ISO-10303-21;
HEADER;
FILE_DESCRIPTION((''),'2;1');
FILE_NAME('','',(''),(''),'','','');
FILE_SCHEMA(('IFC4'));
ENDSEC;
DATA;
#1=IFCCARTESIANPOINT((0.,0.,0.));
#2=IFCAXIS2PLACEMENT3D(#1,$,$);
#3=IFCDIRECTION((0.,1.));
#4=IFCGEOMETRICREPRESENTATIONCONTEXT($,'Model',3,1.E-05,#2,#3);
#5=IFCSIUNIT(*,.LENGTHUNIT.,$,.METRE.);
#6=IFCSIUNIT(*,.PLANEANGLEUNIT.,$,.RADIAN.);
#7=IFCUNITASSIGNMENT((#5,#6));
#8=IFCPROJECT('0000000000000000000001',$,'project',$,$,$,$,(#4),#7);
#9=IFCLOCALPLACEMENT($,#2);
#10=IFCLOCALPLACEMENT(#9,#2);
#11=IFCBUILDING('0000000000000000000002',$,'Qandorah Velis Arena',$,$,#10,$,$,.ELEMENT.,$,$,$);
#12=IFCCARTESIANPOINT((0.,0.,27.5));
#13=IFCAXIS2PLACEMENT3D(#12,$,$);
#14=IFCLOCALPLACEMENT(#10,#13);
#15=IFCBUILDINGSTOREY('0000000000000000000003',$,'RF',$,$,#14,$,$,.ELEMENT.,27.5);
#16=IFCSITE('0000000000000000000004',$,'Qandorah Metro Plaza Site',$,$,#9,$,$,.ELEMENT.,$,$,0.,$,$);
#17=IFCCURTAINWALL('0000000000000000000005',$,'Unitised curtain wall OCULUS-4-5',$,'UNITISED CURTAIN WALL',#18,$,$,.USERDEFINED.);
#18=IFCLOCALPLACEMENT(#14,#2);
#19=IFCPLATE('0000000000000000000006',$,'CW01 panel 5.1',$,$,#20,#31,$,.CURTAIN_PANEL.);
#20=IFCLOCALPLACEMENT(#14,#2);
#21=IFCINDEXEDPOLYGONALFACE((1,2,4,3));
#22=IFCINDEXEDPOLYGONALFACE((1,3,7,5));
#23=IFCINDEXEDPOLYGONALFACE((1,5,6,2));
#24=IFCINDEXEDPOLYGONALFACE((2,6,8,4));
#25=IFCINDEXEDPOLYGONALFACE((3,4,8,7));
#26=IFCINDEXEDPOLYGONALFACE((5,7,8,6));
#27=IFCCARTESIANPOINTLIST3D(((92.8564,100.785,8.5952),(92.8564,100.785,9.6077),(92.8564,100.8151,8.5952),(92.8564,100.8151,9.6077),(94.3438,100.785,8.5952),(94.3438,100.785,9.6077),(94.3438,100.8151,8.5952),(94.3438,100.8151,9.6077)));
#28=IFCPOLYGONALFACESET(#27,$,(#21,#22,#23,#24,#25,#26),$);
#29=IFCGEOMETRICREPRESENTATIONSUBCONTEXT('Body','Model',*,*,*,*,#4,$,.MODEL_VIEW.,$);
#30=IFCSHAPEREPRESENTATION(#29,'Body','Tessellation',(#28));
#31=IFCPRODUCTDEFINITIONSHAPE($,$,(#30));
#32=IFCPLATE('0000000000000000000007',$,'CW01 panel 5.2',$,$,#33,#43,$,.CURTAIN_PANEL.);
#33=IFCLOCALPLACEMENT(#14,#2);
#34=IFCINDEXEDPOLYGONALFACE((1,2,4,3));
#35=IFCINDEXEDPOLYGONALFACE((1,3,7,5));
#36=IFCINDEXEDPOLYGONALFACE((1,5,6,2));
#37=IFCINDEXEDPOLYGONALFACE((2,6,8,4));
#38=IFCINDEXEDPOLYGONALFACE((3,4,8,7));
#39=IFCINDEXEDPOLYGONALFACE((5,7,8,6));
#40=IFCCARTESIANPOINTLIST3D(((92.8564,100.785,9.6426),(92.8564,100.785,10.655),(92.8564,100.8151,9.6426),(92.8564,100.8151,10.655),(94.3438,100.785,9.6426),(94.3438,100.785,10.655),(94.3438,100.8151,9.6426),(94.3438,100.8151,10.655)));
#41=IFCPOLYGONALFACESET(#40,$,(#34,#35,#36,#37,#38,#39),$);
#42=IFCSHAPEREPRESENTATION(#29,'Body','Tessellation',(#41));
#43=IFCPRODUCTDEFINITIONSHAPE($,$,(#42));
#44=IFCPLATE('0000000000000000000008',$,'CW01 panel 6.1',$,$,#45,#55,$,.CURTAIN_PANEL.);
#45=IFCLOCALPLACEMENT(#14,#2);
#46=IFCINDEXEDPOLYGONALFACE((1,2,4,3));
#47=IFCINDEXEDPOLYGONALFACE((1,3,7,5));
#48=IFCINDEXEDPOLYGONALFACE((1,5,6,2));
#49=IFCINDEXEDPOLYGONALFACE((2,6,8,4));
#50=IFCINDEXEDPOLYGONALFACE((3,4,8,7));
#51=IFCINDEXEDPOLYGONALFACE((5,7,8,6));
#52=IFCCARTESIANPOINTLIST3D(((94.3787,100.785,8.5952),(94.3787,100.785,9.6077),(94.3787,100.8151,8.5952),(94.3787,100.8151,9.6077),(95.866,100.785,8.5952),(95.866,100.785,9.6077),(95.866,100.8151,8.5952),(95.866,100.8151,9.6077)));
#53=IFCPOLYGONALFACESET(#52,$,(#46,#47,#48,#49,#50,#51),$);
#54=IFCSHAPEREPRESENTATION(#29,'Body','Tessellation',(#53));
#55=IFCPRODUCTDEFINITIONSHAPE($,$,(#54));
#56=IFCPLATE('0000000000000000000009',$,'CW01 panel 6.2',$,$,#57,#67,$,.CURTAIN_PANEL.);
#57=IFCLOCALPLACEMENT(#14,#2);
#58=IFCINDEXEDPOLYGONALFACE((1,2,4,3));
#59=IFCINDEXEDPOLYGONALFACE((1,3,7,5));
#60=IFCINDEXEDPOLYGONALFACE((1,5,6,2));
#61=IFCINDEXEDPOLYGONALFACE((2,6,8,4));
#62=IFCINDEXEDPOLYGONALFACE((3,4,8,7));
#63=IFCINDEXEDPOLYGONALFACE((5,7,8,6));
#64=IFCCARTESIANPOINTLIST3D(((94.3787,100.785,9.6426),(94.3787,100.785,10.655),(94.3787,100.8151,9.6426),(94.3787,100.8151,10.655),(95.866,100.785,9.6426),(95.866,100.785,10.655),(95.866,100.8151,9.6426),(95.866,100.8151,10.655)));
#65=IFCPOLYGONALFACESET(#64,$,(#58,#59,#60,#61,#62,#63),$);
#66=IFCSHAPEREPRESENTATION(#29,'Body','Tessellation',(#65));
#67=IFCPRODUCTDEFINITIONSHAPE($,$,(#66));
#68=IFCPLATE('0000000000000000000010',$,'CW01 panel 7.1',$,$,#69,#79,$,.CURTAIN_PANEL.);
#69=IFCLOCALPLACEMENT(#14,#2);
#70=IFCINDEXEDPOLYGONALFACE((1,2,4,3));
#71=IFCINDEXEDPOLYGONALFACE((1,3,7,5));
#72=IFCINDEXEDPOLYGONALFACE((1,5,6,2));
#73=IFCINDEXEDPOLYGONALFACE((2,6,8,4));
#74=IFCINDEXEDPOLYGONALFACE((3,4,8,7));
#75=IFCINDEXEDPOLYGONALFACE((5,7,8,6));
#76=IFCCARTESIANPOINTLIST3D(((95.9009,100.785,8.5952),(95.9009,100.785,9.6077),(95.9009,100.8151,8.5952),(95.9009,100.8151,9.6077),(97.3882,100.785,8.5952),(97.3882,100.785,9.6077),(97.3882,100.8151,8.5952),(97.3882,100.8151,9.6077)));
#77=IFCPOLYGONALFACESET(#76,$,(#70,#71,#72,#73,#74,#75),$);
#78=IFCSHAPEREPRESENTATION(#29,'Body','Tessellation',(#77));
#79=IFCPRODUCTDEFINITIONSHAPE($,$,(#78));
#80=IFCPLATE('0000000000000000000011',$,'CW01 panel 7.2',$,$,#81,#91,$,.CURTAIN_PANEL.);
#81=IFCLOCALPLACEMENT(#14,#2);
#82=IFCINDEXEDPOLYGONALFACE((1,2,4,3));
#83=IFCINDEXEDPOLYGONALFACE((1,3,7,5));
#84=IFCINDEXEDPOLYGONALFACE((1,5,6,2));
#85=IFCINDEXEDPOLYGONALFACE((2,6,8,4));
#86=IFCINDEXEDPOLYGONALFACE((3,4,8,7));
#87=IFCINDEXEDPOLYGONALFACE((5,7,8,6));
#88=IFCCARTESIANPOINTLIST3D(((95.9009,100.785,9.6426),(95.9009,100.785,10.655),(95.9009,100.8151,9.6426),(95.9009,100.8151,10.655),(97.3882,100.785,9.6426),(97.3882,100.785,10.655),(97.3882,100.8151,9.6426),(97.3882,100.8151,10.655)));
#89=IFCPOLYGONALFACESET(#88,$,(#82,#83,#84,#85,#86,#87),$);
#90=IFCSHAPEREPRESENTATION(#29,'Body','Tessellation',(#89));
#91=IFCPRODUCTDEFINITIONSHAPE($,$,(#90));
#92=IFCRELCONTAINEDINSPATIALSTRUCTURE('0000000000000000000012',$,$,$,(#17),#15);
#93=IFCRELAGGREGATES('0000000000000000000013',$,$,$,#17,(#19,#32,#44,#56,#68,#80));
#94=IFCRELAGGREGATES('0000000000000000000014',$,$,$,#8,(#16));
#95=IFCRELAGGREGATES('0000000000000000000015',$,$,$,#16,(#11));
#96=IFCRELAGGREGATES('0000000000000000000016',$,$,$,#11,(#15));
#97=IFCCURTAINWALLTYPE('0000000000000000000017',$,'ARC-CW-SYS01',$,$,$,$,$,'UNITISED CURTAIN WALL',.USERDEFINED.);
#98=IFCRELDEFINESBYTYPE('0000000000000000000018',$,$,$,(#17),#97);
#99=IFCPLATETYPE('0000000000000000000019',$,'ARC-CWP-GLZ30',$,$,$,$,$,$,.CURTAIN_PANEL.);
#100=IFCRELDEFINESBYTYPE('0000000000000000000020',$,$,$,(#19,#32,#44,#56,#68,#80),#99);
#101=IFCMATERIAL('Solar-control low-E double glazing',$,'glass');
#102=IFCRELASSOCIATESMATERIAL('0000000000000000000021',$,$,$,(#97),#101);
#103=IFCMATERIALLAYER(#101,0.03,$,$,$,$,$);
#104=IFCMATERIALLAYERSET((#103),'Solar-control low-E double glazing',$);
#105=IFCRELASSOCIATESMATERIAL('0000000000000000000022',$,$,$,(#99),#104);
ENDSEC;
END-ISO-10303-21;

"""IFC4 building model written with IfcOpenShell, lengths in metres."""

from ifc_helpers import new_model, si_unit, direction, frame, origin, origin_2d, place, context, subcontext, project, spatial, rectangle, extrude, material, layer, layer_set, type_object, element, aggregate, save


model = new_model("IFC4")

# Units and contexts
model_context = context("Model", 3, precision=1e-05, world=origin(), true_north=direction((0.0, 1.0)))
body_context = subcontext(model_context, "Body", "Model", "MODEL_VIEW")
ifc_project = project(units=[si_unit("LENGTHUNIT", "METRE"), si_unit("PLANEANGLEUNIT", "RADIAN")], contexts=[model_context])

# Site, building, storey
site_placement = place(None, origin())
site = spatial("IfcSite", under=ifc_project, at=site_placement, Name="Qandorah Metro Plaza Site", CompositionType="ELEMENT", RefElevation=0.0)
building_placement = place(site_placement, origin())
building = spatial("IfcBuilding", under=site, at=building_placement, Name="Qandorah Velis Arena", CompositionType="ELEMENT")
storey_placement = place(building_placement, frame((0.0, 0.0, 27.5)))
storey = spatial("IfcBuildingStorey", under=building, at=storey_placement, Name="RF", CompositionType="ELEMENT", Elevation=27.5)

# Shared definitions
ifc_material_1 = material(Name="Solar-control low-E double glazing", Category="glass")

# Curtain wall
curtain_wall_type_1 = type_object("IfcCurtainWallType", Name="ARC-CW-SYS01", ElementType="UNITISED CURTAIN WALL", PredefinedType="USERDEFINED", material=ifc_material_1)
curtain_wall_1_placement = place(storey_placement, origin())
curtain_wall_1 = element("IfcCurtainWall", 1, at=curtain_wall_1_placement, inside=storey, type_object=curtain_wall_type_1, Name="Unitised curtain wall OCULUS-4-5", ObjectType="UNITISED CURTAIN WALL", PredefinedType="USERDEFINED")

# Plates
ifc_layer = layer(ifc_material_1, 0.03)
ifc_layer_set = layer_set([ifc_layer], Name="Solar-control low-E double glazing")
plate_type = type_object("IfcPlateType", Name="ARC-CWP-GLZ30", PredefinedType="CURTAIN_PANEL", material=ifc_layer_set)
plate_1_placement = place(storey_placement, frame((93.6001, 100.8, 8.5952), z_axis=(0.0, 0.0, 1.0), x_axis=(1.0, 0.0, 0.0)))
plate_1 = element("IfcPlate", 2, at=plate_1_placement, type_object=plate_type, Name="CW01 panel 5.1", PredefinedType="CURTAIN_PANEL", context=body_context, shape_type="SweptSolid", body=[
    extrude(rectangle(XDim=1.4873, YDim=0.03, at=origin_2d()), origin(), (0.0, 0.0, 1.0), 1.0125),
])
plate_2_placement = place(storey_placement, frame((93.6001, 100.8, 9.6426), z_axis=(0.0, 0.0, 1.0), x_axis=(1.0, 0.0, 0.0)))
plate_2 = element("IfcPlate", 3, at=plate_2_placement, type_object=plate_type, Name="CW01 panel 5.2", PredefinedType="CURTAIN_PANEL", context=body_context, shape_type="SweptSolid", body=[
    extrude(rectangle(XDim=1.4873, YDim=0.03, at=origin_2d()), origin(), (0.0, 0.0, 1.0), 1.0125),
])
plate_3_placement = place(storey_placement, frame((95.1223, 100.8, 8.5952), z_axis=(0.0, 0.0, 1.0), x_axis=(1.0, 0.0, 0.0)))
plate_3 = element("IfcPlate", 4, at=plate_3_placement, type_object=plate_type, Name="CW01 panel 6.1", PredefinedType="CURTAIN_PANEL", context=body_context, shape_type="SweptSolid", body=[
    extrude(rectangle(XDim=1.4873, YDim=0.03, at=origin_2d()), origin(), (0.0, 0.0, 1.0), 1.0125),
])
plate_4_placement = place(storey_placement, frame((95.1223, 100.8, 9.6426), z_axis=(0.0, 0.0, 1.0), x_axis=(1.0, 0.0, 0.0)))
plate_4 = element("IfcPlate", 5, at=plate_4_placement, type_object=plate_type, Name="CW01 panel 6.2", PredefinedType="CURTAIN_PANEL", context=body_context, shape_type="SweptSolid", body=[
    extrude(rectangle(XDim=1.4873, YDim=0.03, at=origin_2d()), origin(), (0.0, 0.0, 1.0), 1.0125),
])
plate_5_placement = place(storey_placement, frame((96.6445, 100.8, 8.5952), z_axis=(0.0, 0.0, 1.0), x_axis=(1.0, 0.0, 0.0)))
plate_5 = element("IfcPlate", 6, at=plate_5_placement, type_object=plate_type, Name="CW01 panel 7.1", PredefinedType="CURTAIN_PANEL", context=body_context, shape_type="SweptSolid", body=[
    extrude(rectangle(XDim=1.4873, YDim=0.03, at=origin_2d()), origin(), (0.0, 0.0, 1.0), 1.0125),
])
plate_6_placement = place(storey_placement, frame((96.6445, 100.8, 9.6426), z_axis=(0.0, 0.0, 1.0), x_axis=(1.0, 0.0, 0.0)))
plate_6 = element("IfcPlate", 7, at=plate_6_placement, type_object=plate_type, Name="CW01 panel 7.2", PredefinedType="CURTAIN_PANEL", context=body_context, shape_type="SweptSolid", body=[
    extrude(rectangle(XDim=1.4873, YDim=0.03, at=origin_2d()), origin(), (0.0, 0.0, 1.0), 1.0125),
])
aggregate(curtain_wall_1, [plate_1, plate_2, plate_3, plate_4, plate_5, plate_6])

save(model, "model.ifc")
